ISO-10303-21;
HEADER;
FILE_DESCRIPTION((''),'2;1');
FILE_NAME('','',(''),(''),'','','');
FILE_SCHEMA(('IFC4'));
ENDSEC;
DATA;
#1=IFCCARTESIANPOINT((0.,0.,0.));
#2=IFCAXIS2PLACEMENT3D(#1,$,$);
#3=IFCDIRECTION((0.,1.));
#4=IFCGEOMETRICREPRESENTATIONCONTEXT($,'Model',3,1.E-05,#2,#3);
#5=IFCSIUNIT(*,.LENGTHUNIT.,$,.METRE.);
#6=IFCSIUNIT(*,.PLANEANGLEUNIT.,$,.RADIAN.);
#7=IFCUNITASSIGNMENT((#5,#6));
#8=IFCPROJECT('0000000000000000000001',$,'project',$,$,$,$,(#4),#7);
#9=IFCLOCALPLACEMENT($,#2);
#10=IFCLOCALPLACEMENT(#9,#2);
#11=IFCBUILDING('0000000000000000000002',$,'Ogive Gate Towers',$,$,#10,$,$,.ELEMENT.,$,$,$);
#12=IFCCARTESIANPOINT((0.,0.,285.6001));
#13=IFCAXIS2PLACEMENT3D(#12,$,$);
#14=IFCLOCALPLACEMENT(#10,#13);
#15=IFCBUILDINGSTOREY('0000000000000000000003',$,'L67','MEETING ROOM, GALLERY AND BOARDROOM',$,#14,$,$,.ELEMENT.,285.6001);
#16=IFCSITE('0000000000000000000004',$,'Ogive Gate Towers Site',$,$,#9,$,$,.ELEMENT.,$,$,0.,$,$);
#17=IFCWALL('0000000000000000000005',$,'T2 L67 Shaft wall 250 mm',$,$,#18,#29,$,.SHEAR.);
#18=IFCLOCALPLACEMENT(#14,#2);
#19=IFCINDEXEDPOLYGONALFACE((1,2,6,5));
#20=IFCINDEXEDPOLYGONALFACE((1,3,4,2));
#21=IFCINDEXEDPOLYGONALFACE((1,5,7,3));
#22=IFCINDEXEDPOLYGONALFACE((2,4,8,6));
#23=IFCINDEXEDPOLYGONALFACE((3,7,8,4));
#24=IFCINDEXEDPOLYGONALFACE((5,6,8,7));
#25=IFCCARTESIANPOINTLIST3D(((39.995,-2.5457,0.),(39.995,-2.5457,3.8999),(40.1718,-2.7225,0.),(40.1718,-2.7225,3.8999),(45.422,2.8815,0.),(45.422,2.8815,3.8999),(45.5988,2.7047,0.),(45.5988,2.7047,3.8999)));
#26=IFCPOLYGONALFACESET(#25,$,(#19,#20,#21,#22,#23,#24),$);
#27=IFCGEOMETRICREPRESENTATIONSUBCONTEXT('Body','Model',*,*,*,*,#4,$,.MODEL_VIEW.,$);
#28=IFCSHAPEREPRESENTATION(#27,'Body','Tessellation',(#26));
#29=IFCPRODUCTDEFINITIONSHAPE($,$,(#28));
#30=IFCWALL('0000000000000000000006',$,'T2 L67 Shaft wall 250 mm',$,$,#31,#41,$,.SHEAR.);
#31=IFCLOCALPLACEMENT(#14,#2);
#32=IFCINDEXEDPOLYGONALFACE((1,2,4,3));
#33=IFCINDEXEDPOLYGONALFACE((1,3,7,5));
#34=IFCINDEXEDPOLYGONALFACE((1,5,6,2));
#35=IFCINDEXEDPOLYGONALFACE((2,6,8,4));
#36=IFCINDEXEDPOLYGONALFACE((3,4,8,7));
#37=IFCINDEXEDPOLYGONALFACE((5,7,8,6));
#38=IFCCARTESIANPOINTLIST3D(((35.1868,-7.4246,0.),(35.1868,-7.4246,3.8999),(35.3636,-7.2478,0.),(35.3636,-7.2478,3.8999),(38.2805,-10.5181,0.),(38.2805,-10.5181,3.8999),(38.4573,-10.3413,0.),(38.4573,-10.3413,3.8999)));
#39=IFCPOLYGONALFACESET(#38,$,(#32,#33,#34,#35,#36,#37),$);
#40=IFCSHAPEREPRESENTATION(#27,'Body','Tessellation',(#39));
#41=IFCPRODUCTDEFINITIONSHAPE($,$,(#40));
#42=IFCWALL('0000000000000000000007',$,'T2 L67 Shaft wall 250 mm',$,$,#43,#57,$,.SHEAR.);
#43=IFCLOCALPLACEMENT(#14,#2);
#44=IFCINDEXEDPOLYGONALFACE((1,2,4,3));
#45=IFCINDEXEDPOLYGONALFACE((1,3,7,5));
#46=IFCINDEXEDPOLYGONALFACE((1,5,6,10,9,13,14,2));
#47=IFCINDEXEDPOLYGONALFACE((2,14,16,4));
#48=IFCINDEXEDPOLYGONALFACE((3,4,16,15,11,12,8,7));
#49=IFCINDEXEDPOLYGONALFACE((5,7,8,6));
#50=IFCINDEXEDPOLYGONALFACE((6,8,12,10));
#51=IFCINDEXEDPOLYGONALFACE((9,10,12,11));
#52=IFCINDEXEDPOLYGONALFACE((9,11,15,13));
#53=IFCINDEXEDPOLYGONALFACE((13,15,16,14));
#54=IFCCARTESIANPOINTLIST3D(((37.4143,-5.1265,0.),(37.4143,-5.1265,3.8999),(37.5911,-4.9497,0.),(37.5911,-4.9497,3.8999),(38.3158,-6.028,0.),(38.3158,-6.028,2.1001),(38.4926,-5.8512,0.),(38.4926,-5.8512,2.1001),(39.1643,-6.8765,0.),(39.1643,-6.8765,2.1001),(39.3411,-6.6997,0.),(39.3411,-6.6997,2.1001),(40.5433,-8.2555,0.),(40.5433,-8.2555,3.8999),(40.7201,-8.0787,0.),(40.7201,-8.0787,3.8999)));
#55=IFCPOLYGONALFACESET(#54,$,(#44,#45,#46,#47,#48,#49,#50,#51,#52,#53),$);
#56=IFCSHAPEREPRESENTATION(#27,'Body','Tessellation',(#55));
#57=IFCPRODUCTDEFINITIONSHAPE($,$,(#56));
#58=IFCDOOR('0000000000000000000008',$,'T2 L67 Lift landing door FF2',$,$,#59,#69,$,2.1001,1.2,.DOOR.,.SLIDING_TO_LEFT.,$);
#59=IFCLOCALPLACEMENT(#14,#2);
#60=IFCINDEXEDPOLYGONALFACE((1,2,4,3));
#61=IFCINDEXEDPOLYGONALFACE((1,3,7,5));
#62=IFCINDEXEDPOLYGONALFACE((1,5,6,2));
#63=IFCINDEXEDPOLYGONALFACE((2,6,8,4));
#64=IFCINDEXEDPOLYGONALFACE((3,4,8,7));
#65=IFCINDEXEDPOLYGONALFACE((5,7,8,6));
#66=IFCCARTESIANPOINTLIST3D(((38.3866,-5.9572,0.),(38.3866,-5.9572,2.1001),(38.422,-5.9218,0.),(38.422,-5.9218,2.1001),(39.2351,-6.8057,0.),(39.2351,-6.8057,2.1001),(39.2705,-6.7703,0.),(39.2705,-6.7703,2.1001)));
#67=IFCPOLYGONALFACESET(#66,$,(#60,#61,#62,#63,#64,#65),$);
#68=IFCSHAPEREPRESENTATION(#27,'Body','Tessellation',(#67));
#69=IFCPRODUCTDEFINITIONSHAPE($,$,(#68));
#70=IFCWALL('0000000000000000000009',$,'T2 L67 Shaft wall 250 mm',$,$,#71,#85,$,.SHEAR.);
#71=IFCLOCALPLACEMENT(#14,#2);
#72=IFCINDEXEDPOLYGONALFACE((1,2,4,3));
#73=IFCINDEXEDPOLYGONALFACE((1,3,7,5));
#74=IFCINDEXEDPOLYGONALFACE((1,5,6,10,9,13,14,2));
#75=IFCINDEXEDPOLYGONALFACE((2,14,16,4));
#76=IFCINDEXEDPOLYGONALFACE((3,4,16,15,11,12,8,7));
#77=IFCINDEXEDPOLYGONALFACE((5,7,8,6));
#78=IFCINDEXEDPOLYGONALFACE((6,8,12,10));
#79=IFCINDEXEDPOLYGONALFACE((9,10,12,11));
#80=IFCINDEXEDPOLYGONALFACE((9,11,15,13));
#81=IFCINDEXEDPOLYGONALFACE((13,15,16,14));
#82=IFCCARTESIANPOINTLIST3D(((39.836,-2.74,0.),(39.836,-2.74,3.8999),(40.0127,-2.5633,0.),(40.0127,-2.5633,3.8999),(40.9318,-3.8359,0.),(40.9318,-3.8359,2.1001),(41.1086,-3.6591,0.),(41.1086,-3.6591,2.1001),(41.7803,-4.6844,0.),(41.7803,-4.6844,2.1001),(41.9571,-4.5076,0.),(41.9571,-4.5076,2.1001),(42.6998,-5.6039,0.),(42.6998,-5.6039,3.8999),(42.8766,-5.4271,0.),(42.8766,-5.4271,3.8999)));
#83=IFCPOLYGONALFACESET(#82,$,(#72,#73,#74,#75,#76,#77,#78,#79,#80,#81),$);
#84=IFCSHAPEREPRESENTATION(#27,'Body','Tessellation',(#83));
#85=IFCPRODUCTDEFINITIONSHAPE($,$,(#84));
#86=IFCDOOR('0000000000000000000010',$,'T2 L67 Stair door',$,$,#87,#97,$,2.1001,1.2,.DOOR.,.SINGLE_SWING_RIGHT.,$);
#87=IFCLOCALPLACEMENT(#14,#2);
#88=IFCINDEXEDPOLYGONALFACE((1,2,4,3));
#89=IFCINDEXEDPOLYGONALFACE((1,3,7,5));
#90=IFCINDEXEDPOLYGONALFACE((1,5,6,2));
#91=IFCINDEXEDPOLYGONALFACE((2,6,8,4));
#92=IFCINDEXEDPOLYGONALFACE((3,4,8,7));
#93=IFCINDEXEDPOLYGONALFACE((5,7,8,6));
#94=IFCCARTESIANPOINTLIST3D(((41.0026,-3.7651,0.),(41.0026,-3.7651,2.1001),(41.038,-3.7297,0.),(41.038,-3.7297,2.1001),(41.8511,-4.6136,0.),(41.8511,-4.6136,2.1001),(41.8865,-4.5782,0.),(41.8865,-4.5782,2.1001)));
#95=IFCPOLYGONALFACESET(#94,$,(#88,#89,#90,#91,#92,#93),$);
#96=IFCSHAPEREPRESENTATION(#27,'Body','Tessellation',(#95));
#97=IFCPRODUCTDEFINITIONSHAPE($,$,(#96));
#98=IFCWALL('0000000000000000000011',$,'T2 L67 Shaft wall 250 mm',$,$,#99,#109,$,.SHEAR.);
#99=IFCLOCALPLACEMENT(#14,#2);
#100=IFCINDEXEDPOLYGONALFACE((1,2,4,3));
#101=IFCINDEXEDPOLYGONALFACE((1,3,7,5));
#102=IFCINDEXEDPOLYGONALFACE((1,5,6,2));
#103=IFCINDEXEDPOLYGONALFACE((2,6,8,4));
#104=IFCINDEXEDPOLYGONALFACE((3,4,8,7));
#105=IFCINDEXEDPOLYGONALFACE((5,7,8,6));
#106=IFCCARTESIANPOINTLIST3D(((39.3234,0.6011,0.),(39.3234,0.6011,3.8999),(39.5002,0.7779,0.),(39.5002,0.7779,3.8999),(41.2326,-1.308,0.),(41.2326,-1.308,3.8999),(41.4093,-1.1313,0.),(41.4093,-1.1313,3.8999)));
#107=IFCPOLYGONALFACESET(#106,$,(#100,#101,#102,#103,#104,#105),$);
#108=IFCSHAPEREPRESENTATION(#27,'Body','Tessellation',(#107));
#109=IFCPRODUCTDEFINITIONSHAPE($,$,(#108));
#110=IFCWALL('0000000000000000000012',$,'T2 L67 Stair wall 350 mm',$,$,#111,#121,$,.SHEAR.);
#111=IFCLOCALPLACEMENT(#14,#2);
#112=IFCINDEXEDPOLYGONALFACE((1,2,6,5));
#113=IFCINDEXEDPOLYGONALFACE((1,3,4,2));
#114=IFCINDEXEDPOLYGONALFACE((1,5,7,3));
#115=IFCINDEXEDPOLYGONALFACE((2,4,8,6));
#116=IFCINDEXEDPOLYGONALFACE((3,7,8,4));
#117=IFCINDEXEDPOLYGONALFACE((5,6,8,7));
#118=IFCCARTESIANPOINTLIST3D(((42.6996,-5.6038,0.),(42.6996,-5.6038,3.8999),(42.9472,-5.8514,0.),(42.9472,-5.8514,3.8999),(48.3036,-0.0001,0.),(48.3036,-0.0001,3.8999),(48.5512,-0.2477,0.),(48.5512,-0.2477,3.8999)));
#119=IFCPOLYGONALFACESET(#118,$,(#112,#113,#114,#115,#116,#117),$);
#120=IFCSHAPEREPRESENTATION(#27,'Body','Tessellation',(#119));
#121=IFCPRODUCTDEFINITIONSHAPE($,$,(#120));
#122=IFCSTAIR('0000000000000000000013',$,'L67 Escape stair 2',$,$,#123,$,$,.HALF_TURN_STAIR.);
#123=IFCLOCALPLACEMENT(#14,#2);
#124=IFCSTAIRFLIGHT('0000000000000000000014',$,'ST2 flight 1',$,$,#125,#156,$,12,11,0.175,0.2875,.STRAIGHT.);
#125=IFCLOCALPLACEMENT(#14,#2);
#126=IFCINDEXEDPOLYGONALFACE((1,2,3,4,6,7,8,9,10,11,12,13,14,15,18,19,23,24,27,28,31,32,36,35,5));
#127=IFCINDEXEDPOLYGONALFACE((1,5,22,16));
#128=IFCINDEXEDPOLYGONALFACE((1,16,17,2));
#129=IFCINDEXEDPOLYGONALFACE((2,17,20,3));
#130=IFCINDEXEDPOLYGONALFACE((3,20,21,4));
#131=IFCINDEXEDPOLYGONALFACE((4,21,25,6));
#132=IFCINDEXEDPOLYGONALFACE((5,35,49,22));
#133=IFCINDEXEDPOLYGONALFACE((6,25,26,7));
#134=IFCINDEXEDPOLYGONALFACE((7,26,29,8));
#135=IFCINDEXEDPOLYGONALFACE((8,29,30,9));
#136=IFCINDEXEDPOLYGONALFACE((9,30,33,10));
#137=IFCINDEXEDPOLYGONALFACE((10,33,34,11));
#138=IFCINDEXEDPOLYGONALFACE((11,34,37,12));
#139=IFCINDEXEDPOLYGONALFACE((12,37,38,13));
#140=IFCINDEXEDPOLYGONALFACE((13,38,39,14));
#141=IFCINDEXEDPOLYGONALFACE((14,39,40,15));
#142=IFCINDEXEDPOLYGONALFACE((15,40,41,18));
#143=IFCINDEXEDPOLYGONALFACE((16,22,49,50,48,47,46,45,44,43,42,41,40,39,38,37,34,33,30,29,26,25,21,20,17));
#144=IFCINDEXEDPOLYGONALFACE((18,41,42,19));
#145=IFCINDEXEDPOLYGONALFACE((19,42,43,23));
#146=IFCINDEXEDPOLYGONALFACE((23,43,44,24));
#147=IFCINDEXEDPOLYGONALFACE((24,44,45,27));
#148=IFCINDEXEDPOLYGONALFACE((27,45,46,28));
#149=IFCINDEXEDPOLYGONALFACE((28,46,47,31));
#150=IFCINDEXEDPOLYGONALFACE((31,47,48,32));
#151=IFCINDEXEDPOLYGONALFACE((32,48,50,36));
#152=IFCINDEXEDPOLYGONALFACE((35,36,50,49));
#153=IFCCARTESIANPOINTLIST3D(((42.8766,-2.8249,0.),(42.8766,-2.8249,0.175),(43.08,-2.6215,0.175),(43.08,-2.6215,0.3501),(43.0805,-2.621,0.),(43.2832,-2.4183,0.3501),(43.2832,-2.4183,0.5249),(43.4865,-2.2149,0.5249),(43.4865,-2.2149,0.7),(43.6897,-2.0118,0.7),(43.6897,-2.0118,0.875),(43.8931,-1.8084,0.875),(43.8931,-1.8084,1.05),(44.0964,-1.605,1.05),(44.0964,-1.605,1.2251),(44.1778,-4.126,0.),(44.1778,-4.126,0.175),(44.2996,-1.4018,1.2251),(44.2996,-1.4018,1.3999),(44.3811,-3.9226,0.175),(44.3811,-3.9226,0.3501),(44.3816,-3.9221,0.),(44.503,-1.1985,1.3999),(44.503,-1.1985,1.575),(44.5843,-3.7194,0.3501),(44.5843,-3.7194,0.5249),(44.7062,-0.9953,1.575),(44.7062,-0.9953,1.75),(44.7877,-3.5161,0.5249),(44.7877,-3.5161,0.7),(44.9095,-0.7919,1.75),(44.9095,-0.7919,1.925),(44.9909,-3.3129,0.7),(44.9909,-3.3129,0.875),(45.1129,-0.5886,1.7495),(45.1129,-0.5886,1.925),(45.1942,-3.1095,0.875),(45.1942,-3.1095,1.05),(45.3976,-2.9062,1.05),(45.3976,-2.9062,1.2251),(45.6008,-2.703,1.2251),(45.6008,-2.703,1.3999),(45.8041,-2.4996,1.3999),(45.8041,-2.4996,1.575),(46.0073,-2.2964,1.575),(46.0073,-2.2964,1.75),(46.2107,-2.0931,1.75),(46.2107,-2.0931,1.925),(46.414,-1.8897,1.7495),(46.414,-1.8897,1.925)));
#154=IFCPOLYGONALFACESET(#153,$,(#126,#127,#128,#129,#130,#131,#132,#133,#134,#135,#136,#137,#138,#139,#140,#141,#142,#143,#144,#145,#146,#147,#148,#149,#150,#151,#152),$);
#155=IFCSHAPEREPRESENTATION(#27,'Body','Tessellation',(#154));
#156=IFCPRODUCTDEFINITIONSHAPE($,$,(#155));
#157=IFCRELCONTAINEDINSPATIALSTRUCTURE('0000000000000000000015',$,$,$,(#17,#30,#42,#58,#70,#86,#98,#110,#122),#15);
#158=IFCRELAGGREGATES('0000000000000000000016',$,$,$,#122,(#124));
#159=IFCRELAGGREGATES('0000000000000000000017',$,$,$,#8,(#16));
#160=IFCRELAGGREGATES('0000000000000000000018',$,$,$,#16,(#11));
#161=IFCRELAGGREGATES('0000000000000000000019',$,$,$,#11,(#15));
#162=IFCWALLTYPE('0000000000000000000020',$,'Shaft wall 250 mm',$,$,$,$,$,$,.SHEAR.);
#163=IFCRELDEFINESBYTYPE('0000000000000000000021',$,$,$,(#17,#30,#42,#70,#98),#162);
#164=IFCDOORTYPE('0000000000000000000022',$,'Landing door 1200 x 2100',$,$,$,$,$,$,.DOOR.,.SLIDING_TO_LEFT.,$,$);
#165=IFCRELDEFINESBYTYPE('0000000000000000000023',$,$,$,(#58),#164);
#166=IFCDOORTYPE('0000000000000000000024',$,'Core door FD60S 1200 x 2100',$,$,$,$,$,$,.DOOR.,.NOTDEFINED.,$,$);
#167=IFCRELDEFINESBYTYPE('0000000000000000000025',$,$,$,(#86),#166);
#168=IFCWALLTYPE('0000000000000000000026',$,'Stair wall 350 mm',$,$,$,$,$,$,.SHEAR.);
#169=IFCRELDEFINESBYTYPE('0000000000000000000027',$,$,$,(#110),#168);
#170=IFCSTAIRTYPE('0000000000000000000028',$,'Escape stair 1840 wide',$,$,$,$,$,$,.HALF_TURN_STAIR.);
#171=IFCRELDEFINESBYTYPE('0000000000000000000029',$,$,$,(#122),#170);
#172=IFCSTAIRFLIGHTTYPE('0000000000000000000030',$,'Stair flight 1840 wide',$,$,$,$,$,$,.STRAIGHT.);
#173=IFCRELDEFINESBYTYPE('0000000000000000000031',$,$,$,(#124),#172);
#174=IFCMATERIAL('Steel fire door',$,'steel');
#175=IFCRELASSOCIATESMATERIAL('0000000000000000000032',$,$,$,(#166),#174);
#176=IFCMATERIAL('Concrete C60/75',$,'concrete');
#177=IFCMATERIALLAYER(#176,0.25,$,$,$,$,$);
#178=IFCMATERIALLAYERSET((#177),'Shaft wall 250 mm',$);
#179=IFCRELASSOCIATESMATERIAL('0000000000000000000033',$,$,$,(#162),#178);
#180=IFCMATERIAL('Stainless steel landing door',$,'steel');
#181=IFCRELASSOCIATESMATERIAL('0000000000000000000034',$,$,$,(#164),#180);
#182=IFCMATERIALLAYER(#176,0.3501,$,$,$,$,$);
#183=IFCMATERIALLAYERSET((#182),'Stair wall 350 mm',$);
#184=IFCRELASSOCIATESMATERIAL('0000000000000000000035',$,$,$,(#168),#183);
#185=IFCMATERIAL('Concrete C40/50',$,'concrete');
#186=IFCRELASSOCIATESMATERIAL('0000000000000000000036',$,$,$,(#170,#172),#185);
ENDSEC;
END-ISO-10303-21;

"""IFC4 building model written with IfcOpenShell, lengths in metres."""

from ifc_helpers import new_model, si_unit, direction, frame, frame_2d, origin, place, context, subcontext, project, spatial, polyline, rectangle, outline, extrude, material, layer, layer_set, type_object, element, fill, aggregate, save


model = new_model("IFC4")

# Units and contexts
model_context = context("Model", 3, precision=1e-05, world=origin(), true_north=direction((0.0, 1.0)))
body_context = subcontext(model_context, "Body", "Model", "MODEL_VIEW")
ifc_project = project(units=[si_unit("LENGTHUNIT", "METRE"), si_unit("PLANEANGLEUNIT", "RADIAN")], contexts=[model_context])

# Site, building, storey
site_placement = place(None, origin())
site = spatial("IfcSite", under=ifc_project, at=site_placement, Name="Ogive Gate Towers Site", CompositionType="ELEMENT", RefElevation=0.0)
building_placement = place(site_placement, origin())
building = spatial("IfcBuilding", under=site, at=building_placement, Name="Ogive Gate Towers", CompositionType="ELEMENT")
storey_placement = place(building_placement, frame((0.0, 0.0, 285.6001)))
storey = spatial("IfcBuildingStorey", under=building, at=storey_placement, Name="L67", Description="MEETING ROOM, GALLERY AND BOARDROOM", CompositionType="ELEMENT", Elevation=285.6001)

# Shared definitions
ifc_material_1 = material(Name="Concrete C60/75", Category="concrete")
ifc_material_2 = material(Name="Steel fire door", Category="steel")
door_type_1 = type_object("IfcDoorType", Name="Core door FD60S 1200 x 2100", OperationType="NOTDEFINED", PredefinedType="DOOR", material=ifc_material_2)

# Walls
ifc_layer_1 = layer(ifc_material_1, 0.25)
ifc_layer_set_1 = layer_set([ifc_layer_1], Name="Shaft wall 250 mm")
wall_type_1 = type_object("IfcWallType", Name="Shaft wall 250 mm", PredefinedType="SHEAR", material=ifc_layer_set_1)
wall_1_placement = place(storey_placement, frame((40.0835, -2.634, 0.0), z_axis=(0.0, 0.0, 1.0), x_axis=(0.707091, 0.707123, 0.0)))
element("IfcWall", 1, at=wall_1_placement, inside=storey, type_object=wall_type_1, Name="T2 L67 Shaft wall 250 mm", PredefinedType="SHEAR", context=body_context, shape_type="SweptSolid", body=[
    extrude(rectangle(XDim=7.675, YDim=0.25, at=frame_2d((3.8374, 0.0))), origin(), (0.0, 0.0, 1.0), 3.8999),
])
wall_2_placement = place(storey_placement, frame((38.3689, -10.4297, 0.0), z_axis=(0.0, 0.0, 1.0), x_axis=(-0.707135, 0.707079, 0.0)))
element("IfcWall", 2, at=wall_2_placement, inside=storey, type_object=wall_type_1, Name="T2 L67 Shaft wall 250 mm", PredefinedType="SHEAR", context=body_context, shape_type="SweptSolid", body=[
    extrude(rectangle(XDim=4.375, YDim=0.25, at=frame_2d((2.1875, 0.0))), origin(), (0.0, 0.0, 1.0), 3.8999),
])

# Walls, openings, doors
wall_3_placement = place(storey_placement, frame((40.6316, -8.167, 0.0), z_axis=(0.0, 0.0, 1.0), x_axis=(-0.707107, 0.707107, 0.0)))
wall_3 = element("IfcWall", 3, at=wall_3_placement, inside=storey, type_object=wall_type_1, Name="T2 L67 Shaft wall 250 mm", PredefinedType="SHEAR", context=body_context, shape_type="SweptSolid", body=[
    extrude(rectangle(XDim=4.425, YDim=0.25, at=frame_2d((2.2124, 0.0))), origin(), (0.0, 0.0, 1.0), 3.8999),
])
opening_1_placement = place(wall_3_placement, frame((1.95, 0.0, 0.0)))
opening_1 = element("IfcOpeningElement", 4, at=opening_1_placement, cuts=wall_3, PredefinedType="OPENING", context=body_context, shape_type="SweptSolid", body=[
    extrude(rectangle(XDim=1.2, YDim=2.1001, at=frame_2d((0.6001, 1.05))), frame((0.0, 0.135, 0.0), z_axis=(0.0, -1.0, 0.0), x_axis=(1.0, 0.0, 0.0)), (0.0, 0.0, 1.0), 0.27),
])
ifc_material_3 = material(Name="Stainless steel landing door", Category="steel")
door_type_2 = type_object("IfcDoorType", Name="Landing door 1200 x 2100", OperationType="SLIDING_TO_LEFT", PredefinedType="DOOR", material=ifc_material_3)
door_1_placement = place(opening_1_placement, origin())
door_1 = element("IfcDoor", 5, at=door_1_placement, inside=storey, type_object=door_type_2, Name="T2 L67 Lift landing door FF2", OperationType="SLIDING_TO_LEFT", OverallHeight=2.1001, OverallWidth=1.2, PredefinedType="DOOR", context=body_context, shape_type="SweptSolid", body=[
    extrude(rectangle(XDim=1.2, YDim=2.1001, at=frame_2d((0.6001, 1.05))), frame((0.0, 0.0249, 0.0), z_axis=(0.0, -1.0, 0.0), x_axis=(1.0, 0.0, 0.0)), (0.0, 0.0, 1.0), 0.05),
])
fill(opening_1, door_1)
wall_4_placement = place(storey_placement, frame((42.7881, -5.5154, 0.0), z_axis=(0.0, 0.0, 1.0), x_axis=(-0.707107, 0.707107, 0.0)))
wall_4 = element("IfcWall", 6, at=wall_4_placement, inside=storey, type_object=wall_type_1, Name="T2 L67 Shaft wall 250 mm", PredefinedType="SHEAR", context=body_context, shape_type="SweptSolid", body=[
    extrude(rectangle(XDim=4.05, YDim=0.25, at=frame_2d((2.0249, 0.0))), origin(), (0.0, 0.0, 1.0), 3.8999),
])
opening_2_placement = place(wall_4_placement, frame((1.3, 0.0, 0.0)))
opening_2 = element("IfcOpeningElement", 7, at=opening_2_placement, cuts=wall_4, PredefinedType="OPENING", context=body_context, shape_type="SweptSolid", body=[
    extrude(rectangle(XDim=1.2, YDim=2.1001, at=frame_2d((0.6001, 1.05))), frame((0.0, 0.135, 0.0), z_axis=(0.0, -1.0, 0.0), x_axis=(1.0, 0.0, 0.0)), (0.0, 0.0, 1.0), 0.27),
])
door_2_placement = place(opening_2_placement, origin())
door_2 = element("IfcDoor", 8, at=door_2_placement, inside=storey, type_object=door_type_1, Name="T2 L67 Stair door", OperationType="SINGLE_SWING_RIGHT", OverallHeight=2.1001, OverallWidth=1.2, PredefinedType="DOOR", context=body_context, shape_type="SweptSolid", body=[
    extrude(rectangle(XDim=1.2, YDim=2.1001, at=frame_2d((0.6001, 1.05))), frame((0.0, 0.0249, 0.0), z_axis=(0.0, -1.0, 0.0), x_axis=(1.0, 0.0, 0.0)), (0.0, 0.0, 1.0), 0.05),
])
fill(opening_2, door_2)

# Walls
wall_5_placement = place(storey_placement, frame((41.321, -1.2197, 0.0), z_axis=(0.0, 0.0, 1.0), x_axis=(-0.707107, 0.707107, 0.0)))
element("IfcWall", 9, at=wall_5_placement, inside=storey, type_object=wall_type_1, Name="T2 L67 Shaft wall 250 mm", PredefinedType="SHEAR", context=body_context, shape_type="SweptSolid", body=[
    extrude(rectangle(XDim=2.7, YDim=0.25, at=frame_2d((1.3501, 0.0))), origin(), (0.0, 0.0, 1.0), 3.8999),
])
ifc_layer_2 = layer(ifc_material_1, 0.3501)
ifc_layer_set_2 = layer_set([ifc_layer_2], Name="Stair wall 350 mm")
wall_type_2 = type_object("IfcWallType", Name="Stair wall 350 mm", PredefinedType="SHEAR", material=ifc_layer_set_2)
wall_6_placement = place(storey_placement, frame((42.8235, -5.7275, 0.0), z_axis=(0.0, 0.0, 1.0), x_axis=(0.707122, 0.707091, 0.0)))
element("IfcWall", 10, at=wall_6_placement, inside=storey, type_object=wall_type_2, Name="T2 L67 Stair wall 350 mm", PredefinedType="SHEAR", context=body_context, shape_type="SweptSolid", body=[
    extrude(rectangle(XDim=7.925, YDim=0.3501, at=frame_2d((3.9624, 0.0))), origin(), (0.0, 0.0, 1.0), 3.8999),
])

# Stair, stair flight
ifc_material_4 = material(Name="Concrete C40/50", Category="concrete")
stair_type = type_object("IfcStairType", Name="Escape stair 1840 wide", PredefinedType="HALF_TURN_STAIR", material=ifc_material_4)
stair_placement = place(storey_placement, origin())
stair = element("IfcStair", 11, at=stair_placement, inside=storey, type_object=stair_type, Name="L67 Escape stair 2", PredefinedType="HALF_TURN_STAIR")
stair_flight_type = type_object("IfcStairFlightType", Name="Stair flight 1840 wide", PredefinedType="STRAIGHT", material=ifc_material_4)
stair_flight_placement = place(storey_placement, frame((43.5271, -3.4753, 0.0), z_axis=(0.0, 0.0, 1.0), x_axis=(0.707107, 0.707107, 0.0)))
stair_flight = element("IfcStairFlight", 12, at=stair_flight_placement, type_object=stair_flight_type, Name="ST2 flight 1", NumberOfRisers=12, NumberOfTreads=11, PredefinedType="STRAIGHT", RiserHeight=0.175, TreadLength=0.2875, context=body_context, shape_type="SweptSolid", body=[
    extrude(outline(polyline([(0.0, 0.0), (0.0, 0.175), (0.2876, 0.175), (0.2876, 0.3501), (0.575, 0.3501), (0.575, 0.5249), (0.8625, 0.5249), (0.8625, 0.7), (1.1499, 0.7), (1.1499, 0.875), (1.4375, 0.875), (1.4375, 1.05), (1.7251, 1.05), (1.7251, 1.2251), (2.0125, 1.2251), (2.0125, 1.3999), (2.3, 1.3999), (2.3, 1.575), (2.5874, 1.575), (2.5874, 1.75), (2.875, 1.75), (2.875, 1.925), (3.1626, 1.925), (3.1626, 2.1001), (3.1626, 1.7495), (0.2883, 0.0), (0.0, 0.0)])), frame((0.0, 0.9199, 0.0), z_axis=(0.0, -1.0, 0.0), x_axis=(1.0, 0.0, 0.0)), (0.0, 0.0, 1.0), 1.8401),
])
aggregate(stair, [stair_flight])

save(model, "model.ifc")
